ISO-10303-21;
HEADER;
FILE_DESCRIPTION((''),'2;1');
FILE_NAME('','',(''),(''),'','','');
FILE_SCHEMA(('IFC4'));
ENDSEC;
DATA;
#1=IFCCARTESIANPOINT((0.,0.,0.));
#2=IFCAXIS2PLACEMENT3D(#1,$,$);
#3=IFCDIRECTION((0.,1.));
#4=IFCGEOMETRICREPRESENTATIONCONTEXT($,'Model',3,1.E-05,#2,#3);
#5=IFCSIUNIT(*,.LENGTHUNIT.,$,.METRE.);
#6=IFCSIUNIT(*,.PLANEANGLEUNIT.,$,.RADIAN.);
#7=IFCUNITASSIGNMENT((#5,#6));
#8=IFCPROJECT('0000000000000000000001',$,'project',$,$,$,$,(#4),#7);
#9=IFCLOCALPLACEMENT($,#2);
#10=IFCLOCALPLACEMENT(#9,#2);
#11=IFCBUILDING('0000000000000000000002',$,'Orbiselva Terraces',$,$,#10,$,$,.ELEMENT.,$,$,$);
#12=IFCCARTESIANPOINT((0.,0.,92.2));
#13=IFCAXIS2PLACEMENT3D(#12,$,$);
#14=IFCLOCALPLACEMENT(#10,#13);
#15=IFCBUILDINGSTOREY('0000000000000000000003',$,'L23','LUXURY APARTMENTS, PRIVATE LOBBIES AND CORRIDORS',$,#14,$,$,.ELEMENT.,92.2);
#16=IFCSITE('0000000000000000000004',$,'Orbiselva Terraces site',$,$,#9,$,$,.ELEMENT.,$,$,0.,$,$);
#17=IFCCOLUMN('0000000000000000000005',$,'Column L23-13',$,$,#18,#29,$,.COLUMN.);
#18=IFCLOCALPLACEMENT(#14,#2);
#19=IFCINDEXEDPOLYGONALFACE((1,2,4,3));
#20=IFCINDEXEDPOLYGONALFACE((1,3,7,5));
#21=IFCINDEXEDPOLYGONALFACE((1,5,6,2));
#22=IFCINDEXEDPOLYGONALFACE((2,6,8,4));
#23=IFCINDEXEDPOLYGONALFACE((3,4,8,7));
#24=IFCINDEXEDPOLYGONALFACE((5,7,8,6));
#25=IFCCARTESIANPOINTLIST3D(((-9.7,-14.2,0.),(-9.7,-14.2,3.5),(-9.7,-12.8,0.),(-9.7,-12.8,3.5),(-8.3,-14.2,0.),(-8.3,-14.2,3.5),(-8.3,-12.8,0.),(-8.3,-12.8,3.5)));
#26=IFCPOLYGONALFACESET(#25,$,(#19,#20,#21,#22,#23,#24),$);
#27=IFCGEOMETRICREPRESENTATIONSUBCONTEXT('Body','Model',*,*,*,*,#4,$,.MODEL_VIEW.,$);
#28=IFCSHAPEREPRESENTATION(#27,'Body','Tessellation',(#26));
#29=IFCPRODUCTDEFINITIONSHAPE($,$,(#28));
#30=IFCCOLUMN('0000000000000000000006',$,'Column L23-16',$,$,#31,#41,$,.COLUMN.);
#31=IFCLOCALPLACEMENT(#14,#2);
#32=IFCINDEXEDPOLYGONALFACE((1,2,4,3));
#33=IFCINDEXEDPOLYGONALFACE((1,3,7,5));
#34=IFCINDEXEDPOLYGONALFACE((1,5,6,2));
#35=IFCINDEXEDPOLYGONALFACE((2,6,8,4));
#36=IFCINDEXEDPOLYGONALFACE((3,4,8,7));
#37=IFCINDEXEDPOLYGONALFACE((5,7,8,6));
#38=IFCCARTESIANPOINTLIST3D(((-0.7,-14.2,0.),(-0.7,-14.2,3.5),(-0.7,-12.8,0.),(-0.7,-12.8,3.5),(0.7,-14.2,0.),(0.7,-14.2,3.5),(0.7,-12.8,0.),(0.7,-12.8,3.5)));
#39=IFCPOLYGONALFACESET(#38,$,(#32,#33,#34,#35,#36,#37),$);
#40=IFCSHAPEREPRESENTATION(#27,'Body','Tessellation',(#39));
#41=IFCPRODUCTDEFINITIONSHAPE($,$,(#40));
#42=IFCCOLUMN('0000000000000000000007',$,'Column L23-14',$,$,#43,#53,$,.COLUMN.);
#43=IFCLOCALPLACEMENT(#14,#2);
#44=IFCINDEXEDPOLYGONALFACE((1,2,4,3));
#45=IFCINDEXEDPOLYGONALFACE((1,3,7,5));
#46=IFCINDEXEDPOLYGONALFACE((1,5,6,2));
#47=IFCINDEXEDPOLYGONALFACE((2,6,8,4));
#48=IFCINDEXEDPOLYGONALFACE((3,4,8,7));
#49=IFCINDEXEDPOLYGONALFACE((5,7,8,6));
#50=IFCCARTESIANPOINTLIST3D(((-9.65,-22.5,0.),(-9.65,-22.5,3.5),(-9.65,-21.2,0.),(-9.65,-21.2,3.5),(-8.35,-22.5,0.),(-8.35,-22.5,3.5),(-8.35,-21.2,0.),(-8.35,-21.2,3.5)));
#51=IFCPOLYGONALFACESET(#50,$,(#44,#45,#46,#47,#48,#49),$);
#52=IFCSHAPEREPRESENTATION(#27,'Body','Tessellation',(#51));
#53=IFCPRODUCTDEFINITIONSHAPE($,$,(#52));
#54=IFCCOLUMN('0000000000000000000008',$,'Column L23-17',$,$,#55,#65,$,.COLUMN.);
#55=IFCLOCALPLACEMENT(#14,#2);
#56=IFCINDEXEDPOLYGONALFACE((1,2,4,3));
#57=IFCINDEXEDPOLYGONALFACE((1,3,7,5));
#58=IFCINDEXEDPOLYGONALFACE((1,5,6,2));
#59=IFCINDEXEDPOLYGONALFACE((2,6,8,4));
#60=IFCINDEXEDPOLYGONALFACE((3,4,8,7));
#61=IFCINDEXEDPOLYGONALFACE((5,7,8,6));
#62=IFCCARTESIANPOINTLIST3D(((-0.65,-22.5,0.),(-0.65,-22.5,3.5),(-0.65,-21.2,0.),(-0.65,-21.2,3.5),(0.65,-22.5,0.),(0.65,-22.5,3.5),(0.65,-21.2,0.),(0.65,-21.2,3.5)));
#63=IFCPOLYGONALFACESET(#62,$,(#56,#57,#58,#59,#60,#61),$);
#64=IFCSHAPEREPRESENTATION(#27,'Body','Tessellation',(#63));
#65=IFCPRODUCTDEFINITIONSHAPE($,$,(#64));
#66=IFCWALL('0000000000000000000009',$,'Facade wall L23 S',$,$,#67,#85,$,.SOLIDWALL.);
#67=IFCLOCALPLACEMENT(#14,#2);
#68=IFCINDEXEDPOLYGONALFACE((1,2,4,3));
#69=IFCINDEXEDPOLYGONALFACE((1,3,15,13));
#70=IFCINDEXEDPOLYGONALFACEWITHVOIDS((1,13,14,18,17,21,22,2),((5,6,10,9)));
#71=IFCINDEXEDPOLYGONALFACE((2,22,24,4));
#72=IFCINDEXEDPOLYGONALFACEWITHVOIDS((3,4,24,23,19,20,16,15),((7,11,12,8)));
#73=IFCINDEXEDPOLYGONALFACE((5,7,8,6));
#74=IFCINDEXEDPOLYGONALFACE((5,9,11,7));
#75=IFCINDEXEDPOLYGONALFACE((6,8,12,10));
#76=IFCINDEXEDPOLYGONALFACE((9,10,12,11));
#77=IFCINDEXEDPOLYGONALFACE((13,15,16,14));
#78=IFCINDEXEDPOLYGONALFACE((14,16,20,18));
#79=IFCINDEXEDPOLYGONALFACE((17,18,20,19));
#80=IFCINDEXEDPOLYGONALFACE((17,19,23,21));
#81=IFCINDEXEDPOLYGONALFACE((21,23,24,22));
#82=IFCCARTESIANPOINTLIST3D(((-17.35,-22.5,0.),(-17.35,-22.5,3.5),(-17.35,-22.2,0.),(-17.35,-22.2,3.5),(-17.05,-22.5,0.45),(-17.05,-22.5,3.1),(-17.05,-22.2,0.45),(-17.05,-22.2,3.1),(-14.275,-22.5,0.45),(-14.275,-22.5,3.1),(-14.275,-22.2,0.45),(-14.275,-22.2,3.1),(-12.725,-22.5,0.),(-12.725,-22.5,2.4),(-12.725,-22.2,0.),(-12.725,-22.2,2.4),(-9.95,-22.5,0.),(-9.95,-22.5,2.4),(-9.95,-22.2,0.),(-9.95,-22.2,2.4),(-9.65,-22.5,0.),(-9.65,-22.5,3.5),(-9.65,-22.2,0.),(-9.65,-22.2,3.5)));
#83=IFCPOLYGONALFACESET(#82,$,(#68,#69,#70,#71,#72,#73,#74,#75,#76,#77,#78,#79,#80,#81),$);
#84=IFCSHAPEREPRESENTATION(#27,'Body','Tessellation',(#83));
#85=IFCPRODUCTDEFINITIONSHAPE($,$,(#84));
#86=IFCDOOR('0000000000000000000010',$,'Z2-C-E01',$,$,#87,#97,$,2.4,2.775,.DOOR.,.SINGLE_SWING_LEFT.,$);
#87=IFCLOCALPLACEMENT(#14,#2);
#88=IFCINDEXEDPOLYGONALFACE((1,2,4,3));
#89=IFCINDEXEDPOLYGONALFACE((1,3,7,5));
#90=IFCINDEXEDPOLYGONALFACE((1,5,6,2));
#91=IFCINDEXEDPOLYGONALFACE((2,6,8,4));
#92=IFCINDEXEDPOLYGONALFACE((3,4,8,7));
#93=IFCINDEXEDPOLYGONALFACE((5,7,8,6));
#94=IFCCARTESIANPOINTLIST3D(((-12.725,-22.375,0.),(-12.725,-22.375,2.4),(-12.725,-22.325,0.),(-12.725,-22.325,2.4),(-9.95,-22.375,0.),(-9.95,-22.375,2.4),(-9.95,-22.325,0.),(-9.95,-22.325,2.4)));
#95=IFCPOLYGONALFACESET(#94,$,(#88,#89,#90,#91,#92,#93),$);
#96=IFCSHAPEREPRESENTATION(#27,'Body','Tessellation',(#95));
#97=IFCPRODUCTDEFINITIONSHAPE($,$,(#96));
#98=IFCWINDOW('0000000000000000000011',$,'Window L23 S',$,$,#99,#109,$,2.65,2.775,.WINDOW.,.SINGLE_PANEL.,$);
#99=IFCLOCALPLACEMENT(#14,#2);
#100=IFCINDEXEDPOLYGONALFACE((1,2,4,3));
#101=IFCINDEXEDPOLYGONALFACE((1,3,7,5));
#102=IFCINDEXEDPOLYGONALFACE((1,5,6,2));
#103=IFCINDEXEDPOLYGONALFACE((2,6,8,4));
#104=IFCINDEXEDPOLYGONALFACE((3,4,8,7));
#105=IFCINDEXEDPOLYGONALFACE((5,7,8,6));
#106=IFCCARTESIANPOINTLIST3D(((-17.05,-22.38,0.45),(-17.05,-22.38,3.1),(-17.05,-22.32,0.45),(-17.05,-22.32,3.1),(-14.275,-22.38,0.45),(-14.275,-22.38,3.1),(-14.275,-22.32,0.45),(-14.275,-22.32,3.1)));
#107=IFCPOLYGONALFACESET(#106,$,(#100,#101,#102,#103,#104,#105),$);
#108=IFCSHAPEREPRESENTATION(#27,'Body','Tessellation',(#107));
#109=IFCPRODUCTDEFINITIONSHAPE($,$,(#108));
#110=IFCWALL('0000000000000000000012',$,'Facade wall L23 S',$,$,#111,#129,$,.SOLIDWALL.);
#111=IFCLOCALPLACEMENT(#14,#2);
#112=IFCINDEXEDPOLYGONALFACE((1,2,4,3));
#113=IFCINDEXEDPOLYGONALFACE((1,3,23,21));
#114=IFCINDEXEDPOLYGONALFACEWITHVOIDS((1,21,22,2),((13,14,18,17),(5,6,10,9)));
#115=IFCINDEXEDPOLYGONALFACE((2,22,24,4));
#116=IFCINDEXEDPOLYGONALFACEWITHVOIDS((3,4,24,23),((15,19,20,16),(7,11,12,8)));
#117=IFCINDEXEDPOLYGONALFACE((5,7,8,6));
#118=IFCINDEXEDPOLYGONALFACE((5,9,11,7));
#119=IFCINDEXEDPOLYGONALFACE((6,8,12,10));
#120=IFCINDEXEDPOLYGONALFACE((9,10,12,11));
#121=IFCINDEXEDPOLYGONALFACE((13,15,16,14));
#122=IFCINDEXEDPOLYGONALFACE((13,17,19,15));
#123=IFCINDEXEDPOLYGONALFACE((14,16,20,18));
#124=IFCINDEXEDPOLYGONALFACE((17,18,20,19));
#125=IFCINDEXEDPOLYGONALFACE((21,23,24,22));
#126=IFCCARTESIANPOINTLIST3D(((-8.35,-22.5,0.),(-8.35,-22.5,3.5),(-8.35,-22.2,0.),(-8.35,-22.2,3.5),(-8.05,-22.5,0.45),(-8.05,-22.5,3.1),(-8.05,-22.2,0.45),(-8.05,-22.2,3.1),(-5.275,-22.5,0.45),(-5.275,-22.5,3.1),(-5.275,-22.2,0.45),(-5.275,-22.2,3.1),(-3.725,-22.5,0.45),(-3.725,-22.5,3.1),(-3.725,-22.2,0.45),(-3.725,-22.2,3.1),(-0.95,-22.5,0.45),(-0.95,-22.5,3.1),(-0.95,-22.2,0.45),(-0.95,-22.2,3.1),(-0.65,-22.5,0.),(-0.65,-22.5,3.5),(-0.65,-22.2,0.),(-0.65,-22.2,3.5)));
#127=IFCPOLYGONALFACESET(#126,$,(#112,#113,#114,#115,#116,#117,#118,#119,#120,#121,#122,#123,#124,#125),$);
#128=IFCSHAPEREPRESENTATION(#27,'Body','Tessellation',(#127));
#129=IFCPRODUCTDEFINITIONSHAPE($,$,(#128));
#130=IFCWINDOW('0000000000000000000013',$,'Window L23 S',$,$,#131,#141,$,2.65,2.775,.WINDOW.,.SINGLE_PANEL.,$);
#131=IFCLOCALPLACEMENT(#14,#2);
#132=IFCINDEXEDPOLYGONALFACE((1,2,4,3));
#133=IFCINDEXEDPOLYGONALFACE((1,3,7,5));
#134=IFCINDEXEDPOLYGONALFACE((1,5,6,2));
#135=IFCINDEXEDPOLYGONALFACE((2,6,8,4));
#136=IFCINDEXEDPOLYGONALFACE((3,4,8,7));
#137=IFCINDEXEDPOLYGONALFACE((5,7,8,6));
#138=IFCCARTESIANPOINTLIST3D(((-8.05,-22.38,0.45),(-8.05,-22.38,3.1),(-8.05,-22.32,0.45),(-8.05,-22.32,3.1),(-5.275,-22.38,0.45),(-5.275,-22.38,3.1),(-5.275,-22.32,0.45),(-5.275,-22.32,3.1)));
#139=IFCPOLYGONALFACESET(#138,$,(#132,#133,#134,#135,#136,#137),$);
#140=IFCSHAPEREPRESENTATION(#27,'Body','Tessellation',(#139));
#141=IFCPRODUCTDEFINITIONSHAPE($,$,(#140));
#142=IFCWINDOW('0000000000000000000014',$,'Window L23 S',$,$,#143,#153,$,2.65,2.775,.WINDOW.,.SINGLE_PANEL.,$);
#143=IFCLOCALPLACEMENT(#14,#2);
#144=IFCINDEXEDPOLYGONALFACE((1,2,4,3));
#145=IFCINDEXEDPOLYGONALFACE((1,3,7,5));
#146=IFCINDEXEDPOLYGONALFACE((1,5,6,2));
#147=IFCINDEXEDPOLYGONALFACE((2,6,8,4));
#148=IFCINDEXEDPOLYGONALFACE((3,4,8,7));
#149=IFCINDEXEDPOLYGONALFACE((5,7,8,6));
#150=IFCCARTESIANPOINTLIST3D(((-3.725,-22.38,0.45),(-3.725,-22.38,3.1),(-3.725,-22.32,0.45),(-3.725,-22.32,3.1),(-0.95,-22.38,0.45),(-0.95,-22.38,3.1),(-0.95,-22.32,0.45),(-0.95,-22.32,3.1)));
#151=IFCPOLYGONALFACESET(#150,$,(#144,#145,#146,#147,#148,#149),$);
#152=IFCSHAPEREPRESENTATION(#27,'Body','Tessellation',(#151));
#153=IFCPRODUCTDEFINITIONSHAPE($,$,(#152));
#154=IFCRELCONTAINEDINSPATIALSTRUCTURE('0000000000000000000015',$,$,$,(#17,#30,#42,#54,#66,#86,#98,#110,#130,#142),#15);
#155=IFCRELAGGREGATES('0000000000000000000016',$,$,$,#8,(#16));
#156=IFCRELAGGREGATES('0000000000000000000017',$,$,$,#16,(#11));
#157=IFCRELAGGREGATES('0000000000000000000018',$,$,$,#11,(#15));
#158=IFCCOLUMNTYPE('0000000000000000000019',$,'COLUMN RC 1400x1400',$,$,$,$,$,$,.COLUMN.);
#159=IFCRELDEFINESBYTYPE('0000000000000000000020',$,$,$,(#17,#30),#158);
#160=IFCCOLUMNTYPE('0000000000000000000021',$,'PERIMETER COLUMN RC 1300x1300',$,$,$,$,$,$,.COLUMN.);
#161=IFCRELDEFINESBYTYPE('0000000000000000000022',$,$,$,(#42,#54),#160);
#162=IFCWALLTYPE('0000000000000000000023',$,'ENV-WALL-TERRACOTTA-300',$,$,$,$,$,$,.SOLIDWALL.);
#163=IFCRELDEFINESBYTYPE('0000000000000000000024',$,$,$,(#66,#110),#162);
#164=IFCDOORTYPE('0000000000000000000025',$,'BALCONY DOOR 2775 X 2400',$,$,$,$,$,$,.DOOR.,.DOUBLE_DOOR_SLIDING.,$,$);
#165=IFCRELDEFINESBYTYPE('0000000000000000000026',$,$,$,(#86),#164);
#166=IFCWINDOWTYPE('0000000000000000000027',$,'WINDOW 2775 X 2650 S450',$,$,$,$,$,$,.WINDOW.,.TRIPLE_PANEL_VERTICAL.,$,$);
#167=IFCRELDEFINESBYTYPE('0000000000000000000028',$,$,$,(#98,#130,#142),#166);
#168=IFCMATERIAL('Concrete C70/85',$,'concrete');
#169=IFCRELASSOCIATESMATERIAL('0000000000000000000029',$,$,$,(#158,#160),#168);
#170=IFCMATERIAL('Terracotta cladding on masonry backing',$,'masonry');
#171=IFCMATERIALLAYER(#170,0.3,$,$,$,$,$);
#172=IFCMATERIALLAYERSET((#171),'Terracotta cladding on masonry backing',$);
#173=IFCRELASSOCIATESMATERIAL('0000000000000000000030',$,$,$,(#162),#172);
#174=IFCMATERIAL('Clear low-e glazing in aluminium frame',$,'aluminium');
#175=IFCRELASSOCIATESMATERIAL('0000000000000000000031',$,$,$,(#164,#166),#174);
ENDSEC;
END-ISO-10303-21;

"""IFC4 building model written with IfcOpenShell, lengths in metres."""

from ifc_helpers import new_model, si_unit, direction, frame, frame_2d, origin, origin_2d, place, context, subcontext, project, spatial, rectangle, extrude, material, layer, layer_set, material_profile, profile_set, type_object, element, fill, save


model = new_model("IFC4")

# Units and contexts
model_context = context("Model", 3, precision=1e-05, world=origin(), true_north=direction((0.0, 1.0)))
body_context = subcontext(model_context, "Body", "Model", "MODEL_VIEW")
ifc_project = project(units=[si_unit("LENGTHUNIT", "METRE"), si_unit("PLANEANGLEUNIT", "RADIAN")], contexts=[model_context])

# Site, building, storey
site_placement = place(None, origin())
site = spatial("IfcSite", under=ifc_project, at=site_placement, Name="Orbiselva Terraces site", CompositionType="ELEMENT", RefElevation=0.0)
building_placement = place(site_placement, origin())
building = spatial("IfcBuilding", under=site, at=building_placement, Name="Orbiselva Terraces", CompositionType="ELEMENT")
storey_placement = place(building_placement, frame((0.0, 0.0, 92.2)))
storey = spatial("IfcBuildingStorey", under=building, at=storey_placement, Name="L23", Description="LUXURY APARTMENTS, PRIVATE LOBBIES AND CORRIDORS", CompositionType="ELEMENT", Elevation=92.2)

# Columns
ifc_material_1 = material(Name="Concrete C70/85", Category="concrete")
ifc_material_profile_1 = material_profile(ifc_material_1, rectangle(XDim=1.4, YDim=1.4, at=origin_2d()), Name="RC 1400x1400")
ifc_profile_set_1 = profile_set([ifc_material_profile_1], Name="Concrete C70/85")
column_type_1 = type_object("IfcColumnType", Name="COLUMN RC 1400x1400", PredefinedType="COLUMN", material=ifc_profile_set_1)
for number, where, z_axis, x_axis, name in (
    (1, (-9.0, -13.5, 0.0), (0.0, 0.0, 1.0), (1.0, 0.0, 0.0), "Column L23-13"),
    (2, (0.0, -13.5, 0.0), (0.0, 0.0, 1.0), (1.0, 0.0, 0.0), "Column L23-16"),
):
    element("IfcColumn", number, at=place(storey_placement, frame(where, z_axis=z_axis, x_axis=x_axis)), inside=storey, type_object=column_type_1, Name=name, PredefinedType="COLUMN", context=body_context, shape_type="SweptSolid", body=[
        extrude(rectangle(XDim=1.4, YDim=1.4, at=origin_2d()), origin(), (0.0, 0.0, 1.0), 3.5),
    ])
ifc_material_profile_2 = material_profile(ifc_material_1, rectangle(XDim=1.3, YDim=1.3, at=origin_2d()), Name="RC 1300x1300")
ifc_profile_set_2 = profile_set([ifc_material_profile_2], Name="Concrete C70/85")
column_type_2 = type_object("IfcColumnType", Name="PERIMETER COLUMN RC 1300x1300", PredefinedType="COLUMN", material=ifc_profile_set_2)
for number, where, z_axis, x_axis, name in (
    (3, (-9.0, -21.85, 0.0), (0.0, 0.0, 1.0), (1.0, 0.0, 0.0), "Column L23-14"),
    (4, (0.0, -21.85, 0.0), (0.0, 0.0, 1.0), (1.0, 0.0, 0.0), "Column L23-17"),
):
    element("IfcColumn", number, at=place(storey_placement, frame(where, z_axis=z_axis, x_axis=x_axis)), inside=storey, type_object=column_type_2, Name=name, PredefinedType="COLUMN", context=body_context, shape_type="SweptSolid", body=[
        extrude(rectangle(XDim=1.3, YDim=1.3, at=origin_2d()), origin(), (0.0, 0.0, 1.0), 3.5),
    ])

# Wall, openings, door, window
ifc_material_2 = material(Name="Terracotta cladding on masonry backing", Category="masonry")
ifc_layer_1 = layer(ifc_material_2, 0.3)
ifc_layer_set_1 = layer_set([ifc_layer_1], Name="Terracotta cladding on masonry backing")
wall_type_1 = type_object("IfcWallType", Name="ENV-WALL-TERRACOTTA-300", PredefinedType="SOLIDWALL", material=ifc_layer_set_1)
wall_1_placement = place(storey_placement, frame((-9.65, -22.35, 0.0), z_axis=(0.0, 0.0, 1.0), x_axis=(-1.0, 0.0, 0.0)))
wall_1 = element("IfcWall", 5, at=wall_1_placement, inside=storey, type_object=wall_type_1, Name="Facade wall L23 S", PredefinedType="SOLIDWALL", context=body_context, shape_type="SweptSolid", body=[
    extrude(rectangle(XDim=7.7, YDim=0.3, at=frame_2d((3.85, 0.0))), origin(), (0.0, 0.0, 1.0), 3.5),
])
opening_1_placement = place(wall_1_placement, frame((4.625, 0.0, 0.45)))
opening_1 = element("IfcOpeningElement", 6, at=opening_1_placement, cuts=wall_1, PredefinedType="OPENING", context=body_context, shape_type="SweptSolid", body=[
    extrude(rectangle(XDim=2.775, YDim=2.65, at=frame_2d((1.3875, 1.325))), frame((0.0, 0.16, 0.0), z_axis=(0.0, -1.0, 0.0), x_axis=(1.0, 0.0, 0.0)), (0.0, 0.0, 1.0), 0.32),
])
opening_2_placement = place(wall_1_placement, frame((0.3, 0.0, 0.0)))
opening_2 = element("IfcOpeningElement", 7, at=opening_2_placement, cuts=wall_1, PredefinedType="OPENING", context=body_context, shape_type="SweptSolid", body=[
    extrude(rectangle(XDim=2.775, YDim=2.4, at=frame_2d((1.3875, 1.2))), frame((0.0, 0.16, 0.0), z_axis=(0.0, -1.0, 0.0), x_axis=(1.0, 0.0, 0.0)), (0.0, 0.0, 1.0), 0.32),
])
ifc_material_3 = material(Name="Clear low-e glazing in aluminium frame", Category="aluminium")
door_type_1 = type_object("IfcDoorType", Name="BALCONY DOOR 2775 X 2400", OperationType="DOUBLE_DOOR_SLIDING", PredefinedType="DOOR", material=ifc_material_3)
door_1_placement = place(opening_2_placement, origin())
door_1 = element("IfcDoor", 8, at=door_1_placement, inside=storey, type_object=door_type_1, Name="Z2-C-E01", OperationType="SINGLE_SWING_LEFT", OverallHeight=2.4, OverallWidth=2.775, PredefinedType="DOOR", context=body_context, shape_type="SweptSolid", body=[
    extrude(rectangle(XDim=2.775, YDim=2.4, at=frame_2d((1.3875, 1.2))), frame((0.0, 0.025, 0.0), z_axis=(0.0, -1.0, 0.0), x_axis=(1.0, 0.0, 0.0)), (0.0, 0.0, 1.0), 0.05),
])
fill(opening_2, door_1)
window_type = type_object("IfcWindowType", Name="WINDOW 2775 X 2650 S450", PartitioningType="TRIPLE_PANEL_VERTICAL", PredefinedType="WINDOW", material=ifc_material_3)
window_1_placement = place(opening_1_placement, origin())
window_1 = element("IfcWindow", 9, at=window_1_placement, inside=storey, type_object=window_type, Name="Window L23 S", OverallHeight=2.65, OverallWidth=2.775, PartitioningType="SINGLE_PANEL", PredefinedType="WINDOW", context=body_context, shape_type="SweptSolid", body=[
    extrude(rectangle(XDim=2.775, YDim=2.65, at=frame_2d((1.3875, 1.325))), frame((0.0, 0.03, 0.0), z_axis=(0.0, -1.0, 0.0), x_axis=(1.0, 0.0, 0.0)), (0.0, 0.0, 1.0), 0.06),
])
fill(opening_1, window_1)

# Wall, openings, windows
wall_2_placement = place(storey_placement, frame((-0.65, -22.35, 0.0), z_axis=(0.0, 0.0, 1.0), x_axis=(-1.0, 0.0, 0.0)))
wall_2 = element("IfcWall", 10, at=wall_2_placement, inside=storey, type_object=wall_type_1, Name="Facade wall L23 S", PredefinedType="SOLIDWALL", context=body_context, shape_type="SweptSolid", body=[
    extrude(rectangle(XDim=7.7, YDim=0.3, at=frame_2d((3.85, 0.0))), origin(), (0.0, 0.0, 1.0), 3.5),
])
opening_3_placement = place(wall_2_placement, frame((4.625, 0.0, 0.45)))
opening_3 = element("IfcOpeningElement", 11, at=opening_3_placement, cuts=wall_2, PredefinedType="OPENING", context=body_context, shape_type="SweptSolid", body=[
    extrude(rectangle(XDim=2.775, YDim=2.65, at=frame_2d((1.3875, 1.325))), frame((0.0, 0.16, 0.0), z_axis=(0.0, -1.0, 0.0), x_axis=(1.0, 0.0, 0.0)), (0.0, 0.0, 1.0), 0.32),
])
opening_4_placement = place(wall_2_placement, frame((0.3, 0.0, 0.45)))
opening_4 = element("IfcOpeningElement", 12, at=opening_4_placement, cuts=wall_2, PredefinedType="OPENING", context=body_context, shape_type="SweptSolid", body=[
    extrude(rectangle(XDim=2.775, YDim=2.65, at=frame_2d((1.3875, 1.325))), frame((0.0, 0.16, 0.0), z_axis=(0.0, -1.0, 0.0), x_axis=(1.0, 0.0, 0.0)), (0.0, 0.0, 1.0), 0.32),
])
window_2_placement = place(opening_3_placement, origin())
window_2 = element("IfcWindow", 13, at=window_2_placement, inside=storey, type_object=window_type, Name="Window L23 S", OverallHeight=2.65, OverallWidth=2.775, PartitioningType="SINGLE_PANEL", PredefinedType="WINDOW", context=body_context, shape_type="SweptSolid", body=[
    extrude(rectangle(XDim=2.775, YDim=2.65, at=frame_2d((1.3875, 1.325))), frame((0.0, 0.03, 0.0), z_axis=(0.0, -1.0, 0.0), x_axis=(1.0, 0.0, 0.0)), (0.0, 0.0, 1.0), 0.06),
])
fill(opening_3, window_2)
window_3_placement = place(opening_4_placement, origin())
window_3 = element("IfcWindow", 14, at=window_3_placement, inside=storey, type_object=window_type, Name="Window L23 S", OverallHeight=2.65, OverallWidth=2.775, PartitioningType="SINGLE_PANEL", PredefinedType="WINDOW", context=body_context, shape_type="SweptSolid", body=[
    extrude(rectangle(XDim=2.775, YDim=2.65, at=frame_2d((1.3875, 1.325))), frame((0.0, 0.03, 0.0), z_axis=(0.0, -1.0, 0.0), x_axis=(1.0, 0.0, 0.0)), (0.0, 0.0, 1.0), 0.06),
])
fill(opening_4, window_3)

save(model, "model.ifc")
